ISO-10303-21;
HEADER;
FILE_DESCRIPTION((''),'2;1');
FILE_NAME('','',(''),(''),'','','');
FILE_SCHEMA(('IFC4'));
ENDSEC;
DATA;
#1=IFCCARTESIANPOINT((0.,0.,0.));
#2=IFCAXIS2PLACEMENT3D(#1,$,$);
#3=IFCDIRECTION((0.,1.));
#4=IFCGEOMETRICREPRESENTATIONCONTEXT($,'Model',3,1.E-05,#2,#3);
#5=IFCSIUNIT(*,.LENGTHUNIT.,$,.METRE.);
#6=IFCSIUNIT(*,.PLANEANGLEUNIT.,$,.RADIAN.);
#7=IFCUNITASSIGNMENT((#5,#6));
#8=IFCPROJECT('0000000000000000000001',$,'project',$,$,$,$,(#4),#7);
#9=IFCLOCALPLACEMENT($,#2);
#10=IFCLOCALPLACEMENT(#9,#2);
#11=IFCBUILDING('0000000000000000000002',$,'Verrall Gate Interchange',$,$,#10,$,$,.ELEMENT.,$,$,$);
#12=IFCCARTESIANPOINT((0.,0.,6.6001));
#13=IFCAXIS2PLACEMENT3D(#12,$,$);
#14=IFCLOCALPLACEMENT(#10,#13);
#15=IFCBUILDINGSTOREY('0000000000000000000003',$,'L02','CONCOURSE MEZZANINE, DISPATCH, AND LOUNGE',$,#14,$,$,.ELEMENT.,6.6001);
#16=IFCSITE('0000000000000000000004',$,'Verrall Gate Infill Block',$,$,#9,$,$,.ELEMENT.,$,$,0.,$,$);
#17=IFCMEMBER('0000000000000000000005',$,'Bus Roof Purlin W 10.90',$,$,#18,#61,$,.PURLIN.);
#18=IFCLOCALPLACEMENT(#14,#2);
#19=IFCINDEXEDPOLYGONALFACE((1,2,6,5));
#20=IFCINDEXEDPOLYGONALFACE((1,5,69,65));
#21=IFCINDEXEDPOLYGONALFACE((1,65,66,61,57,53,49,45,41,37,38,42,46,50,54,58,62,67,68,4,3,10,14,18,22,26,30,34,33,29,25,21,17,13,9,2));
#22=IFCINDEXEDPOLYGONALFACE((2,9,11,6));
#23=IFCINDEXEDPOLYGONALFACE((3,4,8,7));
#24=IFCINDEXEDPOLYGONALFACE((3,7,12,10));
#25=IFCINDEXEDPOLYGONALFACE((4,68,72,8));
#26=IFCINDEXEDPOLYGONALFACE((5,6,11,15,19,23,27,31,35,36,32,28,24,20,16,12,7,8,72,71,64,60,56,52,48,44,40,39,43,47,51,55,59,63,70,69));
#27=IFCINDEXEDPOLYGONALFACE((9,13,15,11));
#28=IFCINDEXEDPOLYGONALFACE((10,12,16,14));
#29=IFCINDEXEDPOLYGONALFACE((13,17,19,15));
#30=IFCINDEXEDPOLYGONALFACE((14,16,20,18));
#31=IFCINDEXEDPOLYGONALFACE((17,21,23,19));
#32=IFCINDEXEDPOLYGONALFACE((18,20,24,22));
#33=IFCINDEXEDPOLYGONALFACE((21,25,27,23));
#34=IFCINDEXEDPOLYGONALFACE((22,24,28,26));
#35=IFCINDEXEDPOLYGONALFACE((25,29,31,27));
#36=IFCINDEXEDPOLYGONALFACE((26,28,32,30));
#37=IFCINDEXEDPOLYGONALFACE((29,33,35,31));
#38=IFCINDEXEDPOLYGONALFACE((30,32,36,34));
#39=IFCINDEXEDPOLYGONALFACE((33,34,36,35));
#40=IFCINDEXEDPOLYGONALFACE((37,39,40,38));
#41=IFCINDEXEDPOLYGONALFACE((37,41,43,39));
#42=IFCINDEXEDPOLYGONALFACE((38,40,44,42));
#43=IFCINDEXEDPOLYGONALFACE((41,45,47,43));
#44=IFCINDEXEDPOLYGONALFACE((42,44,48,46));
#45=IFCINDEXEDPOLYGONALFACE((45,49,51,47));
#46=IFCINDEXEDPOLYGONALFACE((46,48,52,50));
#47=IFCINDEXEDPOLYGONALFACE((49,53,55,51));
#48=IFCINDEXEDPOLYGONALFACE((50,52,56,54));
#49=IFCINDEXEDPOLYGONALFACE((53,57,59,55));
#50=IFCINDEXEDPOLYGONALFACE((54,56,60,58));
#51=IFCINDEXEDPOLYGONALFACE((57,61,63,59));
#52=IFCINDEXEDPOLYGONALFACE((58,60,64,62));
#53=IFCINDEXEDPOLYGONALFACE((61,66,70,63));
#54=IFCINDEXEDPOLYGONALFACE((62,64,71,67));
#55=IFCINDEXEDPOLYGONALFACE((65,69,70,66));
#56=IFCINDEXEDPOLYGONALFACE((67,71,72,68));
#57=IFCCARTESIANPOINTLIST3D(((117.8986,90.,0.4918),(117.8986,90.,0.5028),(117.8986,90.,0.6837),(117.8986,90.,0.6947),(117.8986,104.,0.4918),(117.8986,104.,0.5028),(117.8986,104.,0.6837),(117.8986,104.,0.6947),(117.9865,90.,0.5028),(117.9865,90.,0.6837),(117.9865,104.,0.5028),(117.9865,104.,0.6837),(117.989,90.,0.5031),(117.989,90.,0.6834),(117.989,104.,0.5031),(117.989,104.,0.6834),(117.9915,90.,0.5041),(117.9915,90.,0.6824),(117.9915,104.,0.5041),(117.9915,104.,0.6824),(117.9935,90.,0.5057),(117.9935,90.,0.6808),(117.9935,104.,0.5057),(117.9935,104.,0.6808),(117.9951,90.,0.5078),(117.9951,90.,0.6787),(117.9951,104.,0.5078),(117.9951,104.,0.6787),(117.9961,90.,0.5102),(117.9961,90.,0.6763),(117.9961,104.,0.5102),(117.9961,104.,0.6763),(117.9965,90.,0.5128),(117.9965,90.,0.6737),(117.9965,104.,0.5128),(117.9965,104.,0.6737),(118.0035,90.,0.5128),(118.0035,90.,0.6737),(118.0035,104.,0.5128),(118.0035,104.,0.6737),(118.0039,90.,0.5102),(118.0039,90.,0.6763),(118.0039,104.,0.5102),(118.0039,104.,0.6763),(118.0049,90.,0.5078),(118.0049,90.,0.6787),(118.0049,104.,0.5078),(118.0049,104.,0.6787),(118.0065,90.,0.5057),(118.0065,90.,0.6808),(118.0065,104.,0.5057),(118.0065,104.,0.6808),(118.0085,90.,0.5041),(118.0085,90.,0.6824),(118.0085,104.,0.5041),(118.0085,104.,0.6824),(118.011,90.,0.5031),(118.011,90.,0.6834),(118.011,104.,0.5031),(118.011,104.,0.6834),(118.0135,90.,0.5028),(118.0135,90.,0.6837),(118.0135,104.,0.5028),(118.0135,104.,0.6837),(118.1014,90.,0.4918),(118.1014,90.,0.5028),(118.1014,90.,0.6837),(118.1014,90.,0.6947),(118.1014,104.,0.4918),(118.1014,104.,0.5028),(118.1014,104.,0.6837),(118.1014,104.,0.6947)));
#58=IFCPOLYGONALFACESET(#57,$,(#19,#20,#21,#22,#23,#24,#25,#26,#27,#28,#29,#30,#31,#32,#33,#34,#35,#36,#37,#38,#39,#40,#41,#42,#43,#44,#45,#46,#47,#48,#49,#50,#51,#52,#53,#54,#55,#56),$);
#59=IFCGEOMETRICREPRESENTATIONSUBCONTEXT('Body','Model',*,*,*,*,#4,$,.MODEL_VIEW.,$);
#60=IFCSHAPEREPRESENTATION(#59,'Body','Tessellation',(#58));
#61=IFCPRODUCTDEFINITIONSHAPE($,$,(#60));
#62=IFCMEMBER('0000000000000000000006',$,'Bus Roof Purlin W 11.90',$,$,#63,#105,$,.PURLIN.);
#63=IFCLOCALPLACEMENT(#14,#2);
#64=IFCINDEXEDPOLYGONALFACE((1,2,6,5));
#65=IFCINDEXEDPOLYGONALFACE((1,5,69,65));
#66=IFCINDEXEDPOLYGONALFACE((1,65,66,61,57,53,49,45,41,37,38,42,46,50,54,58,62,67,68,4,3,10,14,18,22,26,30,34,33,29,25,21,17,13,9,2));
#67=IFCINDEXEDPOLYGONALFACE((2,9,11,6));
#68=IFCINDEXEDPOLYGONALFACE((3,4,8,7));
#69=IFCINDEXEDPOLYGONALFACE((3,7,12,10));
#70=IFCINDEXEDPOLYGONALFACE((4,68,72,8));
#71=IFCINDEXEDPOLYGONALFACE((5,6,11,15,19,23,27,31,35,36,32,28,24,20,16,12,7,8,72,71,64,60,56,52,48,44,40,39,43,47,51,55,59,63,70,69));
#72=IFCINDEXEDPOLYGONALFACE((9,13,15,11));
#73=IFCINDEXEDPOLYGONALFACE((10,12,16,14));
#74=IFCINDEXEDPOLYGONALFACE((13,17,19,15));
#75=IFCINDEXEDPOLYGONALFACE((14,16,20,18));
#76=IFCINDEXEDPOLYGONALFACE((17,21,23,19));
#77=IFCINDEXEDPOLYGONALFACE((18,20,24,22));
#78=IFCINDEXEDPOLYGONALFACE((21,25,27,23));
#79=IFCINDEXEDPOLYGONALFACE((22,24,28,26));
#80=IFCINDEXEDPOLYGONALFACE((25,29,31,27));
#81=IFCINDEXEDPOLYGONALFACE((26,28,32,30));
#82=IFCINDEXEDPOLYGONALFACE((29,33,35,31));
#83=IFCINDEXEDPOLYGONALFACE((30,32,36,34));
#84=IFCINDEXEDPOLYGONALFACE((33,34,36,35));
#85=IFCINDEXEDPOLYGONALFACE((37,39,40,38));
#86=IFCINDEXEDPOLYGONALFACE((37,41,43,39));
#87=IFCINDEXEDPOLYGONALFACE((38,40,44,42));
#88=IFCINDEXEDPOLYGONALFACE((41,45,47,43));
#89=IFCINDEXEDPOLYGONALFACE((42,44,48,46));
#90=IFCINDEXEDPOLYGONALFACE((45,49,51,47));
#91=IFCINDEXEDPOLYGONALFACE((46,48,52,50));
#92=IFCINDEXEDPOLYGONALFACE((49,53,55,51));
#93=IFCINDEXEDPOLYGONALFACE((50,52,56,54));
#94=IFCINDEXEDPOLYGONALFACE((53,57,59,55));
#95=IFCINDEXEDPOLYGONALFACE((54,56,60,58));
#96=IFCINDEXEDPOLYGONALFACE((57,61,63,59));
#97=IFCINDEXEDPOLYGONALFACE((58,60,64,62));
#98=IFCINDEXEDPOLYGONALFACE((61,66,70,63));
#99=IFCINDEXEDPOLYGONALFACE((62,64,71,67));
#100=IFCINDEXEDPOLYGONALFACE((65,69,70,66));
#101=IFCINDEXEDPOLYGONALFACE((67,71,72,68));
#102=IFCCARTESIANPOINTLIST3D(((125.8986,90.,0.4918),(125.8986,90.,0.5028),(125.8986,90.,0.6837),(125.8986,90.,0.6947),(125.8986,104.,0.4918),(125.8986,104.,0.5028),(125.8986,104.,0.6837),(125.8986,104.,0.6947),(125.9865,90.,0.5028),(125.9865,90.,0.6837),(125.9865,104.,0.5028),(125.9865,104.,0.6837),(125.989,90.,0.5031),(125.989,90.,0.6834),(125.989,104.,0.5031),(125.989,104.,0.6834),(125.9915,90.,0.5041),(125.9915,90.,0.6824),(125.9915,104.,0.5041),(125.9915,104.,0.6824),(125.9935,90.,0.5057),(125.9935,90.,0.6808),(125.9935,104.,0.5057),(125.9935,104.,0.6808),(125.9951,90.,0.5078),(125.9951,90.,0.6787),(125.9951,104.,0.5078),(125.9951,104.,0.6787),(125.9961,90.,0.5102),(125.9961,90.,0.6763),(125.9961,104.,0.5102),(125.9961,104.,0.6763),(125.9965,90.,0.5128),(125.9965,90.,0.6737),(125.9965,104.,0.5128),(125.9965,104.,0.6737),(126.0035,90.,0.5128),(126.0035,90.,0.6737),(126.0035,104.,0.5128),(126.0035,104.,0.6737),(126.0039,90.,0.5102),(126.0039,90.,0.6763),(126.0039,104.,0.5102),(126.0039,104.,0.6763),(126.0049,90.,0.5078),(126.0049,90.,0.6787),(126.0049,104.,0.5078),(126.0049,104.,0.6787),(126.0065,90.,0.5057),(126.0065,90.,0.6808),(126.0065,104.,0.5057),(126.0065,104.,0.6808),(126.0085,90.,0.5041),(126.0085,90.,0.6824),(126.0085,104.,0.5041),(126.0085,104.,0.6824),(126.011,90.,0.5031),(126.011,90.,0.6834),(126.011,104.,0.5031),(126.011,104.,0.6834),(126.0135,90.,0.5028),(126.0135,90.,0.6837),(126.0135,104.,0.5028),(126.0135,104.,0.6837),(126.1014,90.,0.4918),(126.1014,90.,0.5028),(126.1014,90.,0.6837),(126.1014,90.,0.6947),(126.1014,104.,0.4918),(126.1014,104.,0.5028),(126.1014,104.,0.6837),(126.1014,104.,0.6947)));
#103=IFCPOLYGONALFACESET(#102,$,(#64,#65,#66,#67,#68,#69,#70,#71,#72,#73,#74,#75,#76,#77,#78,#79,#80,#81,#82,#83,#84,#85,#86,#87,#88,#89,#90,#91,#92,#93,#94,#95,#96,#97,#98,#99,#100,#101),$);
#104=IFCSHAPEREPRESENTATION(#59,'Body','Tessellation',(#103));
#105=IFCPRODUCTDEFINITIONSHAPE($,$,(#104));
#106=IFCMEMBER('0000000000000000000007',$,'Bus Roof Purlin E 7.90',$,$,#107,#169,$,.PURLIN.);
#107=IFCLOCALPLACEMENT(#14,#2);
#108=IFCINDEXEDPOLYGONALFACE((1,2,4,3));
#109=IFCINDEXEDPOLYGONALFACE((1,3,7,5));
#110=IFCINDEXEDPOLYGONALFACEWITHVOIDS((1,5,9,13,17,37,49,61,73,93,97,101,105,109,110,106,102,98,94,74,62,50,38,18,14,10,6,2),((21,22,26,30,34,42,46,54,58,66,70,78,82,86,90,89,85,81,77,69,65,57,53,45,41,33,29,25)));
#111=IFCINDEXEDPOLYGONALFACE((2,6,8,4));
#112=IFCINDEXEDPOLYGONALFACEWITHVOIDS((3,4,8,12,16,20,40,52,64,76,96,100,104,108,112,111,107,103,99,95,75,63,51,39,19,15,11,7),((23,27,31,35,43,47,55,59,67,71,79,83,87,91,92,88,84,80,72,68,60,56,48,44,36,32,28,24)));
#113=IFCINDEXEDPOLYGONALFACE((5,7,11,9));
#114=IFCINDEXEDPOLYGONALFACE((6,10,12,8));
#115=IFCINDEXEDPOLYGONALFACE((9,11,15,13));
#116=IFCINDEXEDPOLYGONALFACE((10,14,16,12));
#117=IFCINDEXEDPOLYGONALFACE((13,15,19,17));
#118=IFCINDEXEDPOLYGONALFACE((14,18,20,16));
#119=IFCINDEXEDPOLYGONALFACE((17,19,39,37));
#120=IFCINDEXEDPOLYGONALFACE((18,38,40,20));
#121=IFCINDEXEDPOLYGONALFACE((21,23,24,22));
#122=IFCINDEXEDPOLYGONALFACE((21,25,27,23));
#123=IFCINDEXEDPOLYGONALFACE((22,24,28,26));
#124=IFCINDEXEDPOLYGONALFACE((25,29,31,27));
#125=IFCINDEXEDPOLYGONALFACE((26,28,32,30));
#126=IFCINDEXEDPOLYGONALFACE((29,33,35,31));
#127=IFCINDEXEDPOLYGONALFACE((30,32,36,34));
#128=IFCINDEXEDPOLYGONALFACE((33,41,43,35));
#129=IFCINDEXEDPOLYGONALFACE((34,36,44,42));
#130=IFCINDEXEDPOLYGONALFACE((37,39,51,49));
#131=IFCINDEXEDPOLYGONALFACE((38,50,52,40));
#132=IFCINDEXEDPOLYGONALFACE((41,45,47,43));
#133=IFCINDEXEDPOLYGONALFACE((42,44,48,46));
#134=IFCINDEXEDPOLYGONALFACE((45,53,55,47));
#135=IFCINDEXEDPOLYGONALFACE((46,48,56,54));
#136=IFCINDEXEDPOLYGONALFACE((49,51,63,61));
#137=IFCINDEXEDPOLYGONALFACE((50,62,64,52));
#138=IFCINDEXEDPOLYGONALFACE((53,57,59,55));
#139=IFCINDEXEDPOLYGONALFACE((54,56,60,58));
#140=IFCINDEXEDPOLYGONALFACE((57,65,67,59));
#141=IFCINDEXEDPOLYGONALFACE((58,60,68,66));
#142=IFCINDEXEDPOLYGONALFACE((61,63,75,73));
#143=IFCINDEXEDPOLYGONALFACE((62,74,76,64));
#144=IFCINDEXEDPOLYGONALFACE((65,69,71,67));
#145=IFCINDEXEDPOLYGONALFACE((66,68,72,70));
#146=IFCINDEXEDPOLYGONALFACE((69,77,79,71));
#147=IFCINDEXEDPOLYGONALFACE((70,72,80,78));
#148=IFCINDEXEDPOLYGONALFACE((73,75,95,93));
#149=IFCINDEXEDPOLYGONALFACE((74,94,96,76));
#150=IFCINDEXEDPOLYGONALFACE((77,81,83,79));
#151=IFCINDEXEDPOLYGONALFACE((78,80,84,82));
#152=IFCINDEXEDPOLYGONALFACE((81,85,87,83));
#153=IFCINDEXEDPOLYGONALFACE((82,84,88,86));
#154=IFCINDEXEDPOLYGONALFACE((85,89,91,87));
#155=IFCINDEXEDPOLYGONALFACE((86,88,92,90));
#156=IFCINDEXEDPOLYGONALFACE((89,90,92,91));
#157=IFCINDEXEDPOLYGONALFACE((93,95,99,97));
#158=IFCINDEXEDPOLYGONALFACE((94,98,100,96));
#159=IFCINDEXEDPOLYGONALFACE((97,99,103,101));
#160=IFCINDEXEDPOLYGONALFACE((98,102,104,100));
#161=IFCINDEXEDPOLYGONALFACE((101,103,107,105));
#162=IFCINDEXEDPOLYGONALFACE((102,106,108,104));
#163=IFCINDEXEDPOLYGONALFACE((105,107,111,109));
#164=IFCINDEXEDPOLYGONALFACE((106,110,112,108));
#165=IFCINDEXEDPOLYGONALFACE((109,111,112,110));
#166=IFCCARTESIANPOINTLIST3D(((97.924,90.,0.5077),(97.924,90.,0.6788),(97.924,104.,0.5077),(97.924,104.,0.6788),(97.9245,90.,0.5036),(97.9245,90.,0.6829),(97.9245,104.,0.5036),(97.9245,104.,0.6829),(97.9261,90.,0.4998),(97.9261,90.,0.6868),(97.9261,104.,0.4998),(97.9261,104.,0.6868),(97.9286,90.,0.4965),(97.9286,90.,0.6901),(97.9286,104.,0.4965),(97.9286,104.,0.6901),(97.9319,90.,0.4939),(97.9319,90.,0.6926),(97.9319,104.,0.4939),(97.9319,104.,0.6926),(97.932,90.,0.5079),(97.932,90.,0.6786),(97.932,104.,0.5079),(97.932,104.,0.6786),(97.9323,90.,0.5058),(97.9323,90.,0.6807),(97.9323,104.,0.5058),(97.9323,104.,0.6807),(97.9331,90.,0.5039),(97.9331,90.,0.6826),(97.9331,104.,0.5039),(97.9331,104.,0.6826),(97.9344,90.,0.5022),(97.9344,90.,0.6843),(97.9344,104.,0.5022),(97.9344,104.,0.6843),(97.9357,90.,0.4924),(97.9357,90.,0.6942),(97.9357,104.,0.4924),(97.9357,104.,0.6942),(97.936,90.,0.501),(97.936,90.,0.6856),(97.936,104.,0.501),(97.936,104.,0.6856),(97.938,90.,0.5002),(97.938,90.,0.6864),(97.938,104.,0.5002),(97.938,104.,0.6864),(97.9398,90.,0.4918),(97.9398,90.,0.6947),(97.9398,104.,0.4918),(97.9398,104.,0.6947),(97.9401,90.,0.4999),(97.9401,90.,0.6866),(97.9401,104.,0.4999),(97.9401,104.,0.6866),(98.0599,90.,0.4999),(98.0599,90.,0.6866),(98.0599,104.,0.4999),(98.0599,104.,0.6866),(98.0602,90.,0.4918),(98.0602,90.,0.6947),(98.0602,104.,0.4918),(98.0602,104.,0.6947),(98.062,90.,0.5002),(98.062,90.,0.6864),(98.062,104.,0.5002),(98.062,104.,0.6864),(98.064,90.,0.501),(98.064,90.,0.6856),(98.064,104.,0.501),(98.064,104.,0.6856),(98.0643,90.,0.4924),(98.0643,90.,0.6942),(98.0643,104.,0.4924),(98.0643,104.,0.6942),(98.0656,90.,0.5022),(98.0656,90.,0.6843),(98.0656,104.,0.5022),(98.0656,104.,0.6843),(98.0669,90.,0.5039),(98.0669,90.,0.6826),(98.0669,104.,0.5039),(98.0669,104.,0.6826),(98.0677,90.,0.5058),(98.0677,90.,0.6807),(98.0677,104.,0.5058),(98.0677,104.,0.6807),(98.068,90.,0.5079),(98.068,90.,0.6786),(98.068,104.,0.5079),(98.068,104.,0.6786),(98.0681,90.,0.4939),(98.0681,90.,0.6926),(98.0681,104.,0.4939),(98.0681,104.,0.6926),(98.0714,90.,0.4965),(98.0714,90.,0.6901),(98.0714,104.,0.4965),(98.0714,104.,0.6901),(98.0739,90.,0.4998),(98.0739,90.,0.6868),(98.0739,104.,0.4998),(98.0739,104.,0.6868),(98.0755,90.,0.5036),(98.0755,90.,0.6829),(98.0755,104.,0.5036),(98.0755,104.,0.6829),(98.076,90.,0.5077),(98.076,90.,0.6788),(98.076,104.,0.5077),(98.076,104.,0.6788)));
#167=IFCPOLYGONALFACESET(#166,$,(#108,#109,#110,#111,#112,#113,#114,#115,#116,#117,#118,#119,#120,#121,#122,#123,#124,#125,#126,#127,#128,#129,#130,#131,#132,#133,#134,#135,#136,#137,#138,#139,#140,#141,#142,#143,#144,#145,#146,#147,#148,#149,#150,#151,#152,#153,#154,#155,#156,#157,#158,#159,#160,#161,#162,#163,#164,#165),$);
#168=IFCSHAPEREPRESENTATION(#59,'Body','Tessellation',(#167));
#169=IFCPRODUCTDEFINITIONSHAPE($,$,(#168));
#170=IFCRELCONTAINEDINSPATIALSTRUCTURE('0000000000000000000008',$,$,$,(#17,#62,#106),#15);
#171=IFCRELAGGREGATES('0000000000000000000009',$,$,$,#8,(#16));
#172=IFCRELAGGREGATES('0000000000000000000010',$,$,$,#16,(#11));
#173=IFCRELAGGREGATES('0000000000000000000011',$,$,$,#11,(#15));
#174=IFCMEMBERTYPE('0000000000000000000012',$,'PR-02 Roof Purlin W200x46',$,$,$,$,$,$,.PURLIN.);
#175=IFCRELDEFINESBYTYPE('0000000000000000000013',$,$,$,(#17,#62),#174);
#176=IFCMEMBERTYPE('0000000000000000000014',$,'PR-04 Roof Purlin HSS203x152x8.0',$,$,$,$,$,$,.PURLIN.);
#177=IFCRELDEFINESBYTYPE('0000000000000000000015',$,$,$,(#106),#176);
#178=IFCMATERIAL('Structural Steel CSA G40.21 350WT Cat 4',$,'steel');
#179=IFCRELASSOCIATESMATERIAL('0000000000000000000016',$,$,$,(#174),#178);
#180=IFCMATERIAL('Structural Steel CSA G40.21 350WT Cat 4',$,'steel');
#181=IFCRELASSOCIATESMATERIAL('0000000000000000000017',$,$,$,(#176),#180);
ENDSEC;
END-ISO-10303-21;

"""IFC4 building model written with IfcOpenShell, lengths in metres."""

from ifc_helpers import new_model, si_unit, direction, frame, origin, origin_2d, place, context, subcontext, project, spatial, hollow_rectangle, i_section, extrude, material, material_profile, profile_set, type_object, element, save


model = new_model("IFC4")

# Units and contexts
model_context = context("Model", 3, precision=1e-05, world=origin(), true_north=direction((0.0, 1.0)))
body_context = subcontext(model_context, "Body", "Model", "MODEL_VIEW")
ifc_project = project(units=[si_unit("LENGTHUNIT", "METRE"), si_unit("PLANEANGLEUNIT", "RADIAN")], contexts=[model_context])

# Site, building, storey
site_placement = place(None, origin())
site = spatial("IfcSite", under=ifc_project, at=site_placement, Name="Verrall Gate Infill Block", CompositionType="ELEMENT", RefElevation=0.0)
building_placement = place(site_placement, origin())
building = spatial("IfcBuilding", under=site, at=building_placement, Name="Verrall Gate Interchange", CompositionType="ELEMENT")
storey_placement = place(building_placement, frame((0.0, 0.0, 6.6001)))
storey = spatial("IfcBuildingStorey", under=building, at=storey_placement, Name="L02", Description="CONCOURSE MEZZANINE, DISPATCH, AND LOUNGE", CompositionType="ELEMENT", Elevation=6.6001)

# Members
ifc_material_1 = material(Name="Structural Steel CSA G40.21 350WT Cat 4", Category="steel")
ifc_material_profile_1 = material_profile(ifc_material_1, i_section(OverallWidth=0.2029, OverallDepth=0.2029, WebThickness=0.0071, FlangeThickness=0.011, FilletRadius=0.01, at=origin_2d()), Name="W200x46")
ifc_profile_set_1 = profile_set([ifc_material_profile_1], Name="Structural Steel CSA G40.21 350WT Cat 4")
member_type_1 = type_object("IfcMemberType", Name="PR-02 Roof Purlin W200x46", PredefinedType="PURLIN", material=ifc_profile_set_1)
for number, where, z_axis, x_axis, name in (
    (1, (118.0, 90.0, 0.5933), (0.0, 1.0, 0.0), (-1.0, 0.0, 0.0), "Bus Roof Purlin W 10.90"),
    (2, (126.0, 90.0, 0.5933), (0.0, 1.0, 0.0), (-1.0, 0.0, 0.0), "Bus Roof Purlin W 11.90"),
):
    element("IfcMember", number, at=place(storey_placement, frame(where, z_axis=z_axis, x_axis=x_axis)), inside=storey, type_object=member_type_1, Name=name, PredefinedType="PURLIN", context=body_context, shape_type="SweptSolid", body=[
        extrude(i_section(OverallWidth=0.2029, OverallDepth=0.2029, WebThickness=0.0071, FlangeThickness=0.011, FilletRadius=0.01, at=origin_2d()), origin(), (0.0, 0.0, 1.0), 14.0),
    ])
ifc_material_2 = material(Name="Structural Steel CSA G40.21 350WT Cat 4", Category="steel")
ifc_material_profile_2 = material_profile(ifc_material_2, hollow_rectangle(XDim=0.1521, YDim=0.2029, WallThickness=0.0081, InnerFilletRadius=0.0081, OuterFilletRadius=0.0159, at=origin_2d()), Name="HSS203x152x8.0")
ifc_profile_set_2 = profile_set([ifc_material_profile_2], Name="Structural Steel CSA G40.21 350WT Cat 4")
member_type_2 = type_object("IfcMemberType", Name="PR-04 Roof Purlin HSS203x152x8.0", PredefinedType="PURLIN", material=ifc_profile_set_2)
for number, where, z_axis, x_axis, name in (
    (3, (98.0, 90.0, 0.5933), (0.0, 1.0, 0.0), (-1.0, 0.0, 0.0), "Bus Roof Purlin E 7.90"),
):
    element("IfcMember", number, at=place(storey_placement, frame(where, z_axis=z_axis, x_axis=x_axis)), inside=storey, type_object=member_type_2, Name=name, PredefinedType="PURLIN", context=body_context, shape_type="SweptSolid", body=[
        extrude(hollow_rectangle(XDim=0.1521, YDim=0.2029, WallThickness=0.0081, InnerFilletRadius=0.0081, OuterFilletRadius=0.0159, at=origin_2d()), origin(), (0.0, 0.0, 1.0), 14.0),
    ])

save(model, "model.ifc")
